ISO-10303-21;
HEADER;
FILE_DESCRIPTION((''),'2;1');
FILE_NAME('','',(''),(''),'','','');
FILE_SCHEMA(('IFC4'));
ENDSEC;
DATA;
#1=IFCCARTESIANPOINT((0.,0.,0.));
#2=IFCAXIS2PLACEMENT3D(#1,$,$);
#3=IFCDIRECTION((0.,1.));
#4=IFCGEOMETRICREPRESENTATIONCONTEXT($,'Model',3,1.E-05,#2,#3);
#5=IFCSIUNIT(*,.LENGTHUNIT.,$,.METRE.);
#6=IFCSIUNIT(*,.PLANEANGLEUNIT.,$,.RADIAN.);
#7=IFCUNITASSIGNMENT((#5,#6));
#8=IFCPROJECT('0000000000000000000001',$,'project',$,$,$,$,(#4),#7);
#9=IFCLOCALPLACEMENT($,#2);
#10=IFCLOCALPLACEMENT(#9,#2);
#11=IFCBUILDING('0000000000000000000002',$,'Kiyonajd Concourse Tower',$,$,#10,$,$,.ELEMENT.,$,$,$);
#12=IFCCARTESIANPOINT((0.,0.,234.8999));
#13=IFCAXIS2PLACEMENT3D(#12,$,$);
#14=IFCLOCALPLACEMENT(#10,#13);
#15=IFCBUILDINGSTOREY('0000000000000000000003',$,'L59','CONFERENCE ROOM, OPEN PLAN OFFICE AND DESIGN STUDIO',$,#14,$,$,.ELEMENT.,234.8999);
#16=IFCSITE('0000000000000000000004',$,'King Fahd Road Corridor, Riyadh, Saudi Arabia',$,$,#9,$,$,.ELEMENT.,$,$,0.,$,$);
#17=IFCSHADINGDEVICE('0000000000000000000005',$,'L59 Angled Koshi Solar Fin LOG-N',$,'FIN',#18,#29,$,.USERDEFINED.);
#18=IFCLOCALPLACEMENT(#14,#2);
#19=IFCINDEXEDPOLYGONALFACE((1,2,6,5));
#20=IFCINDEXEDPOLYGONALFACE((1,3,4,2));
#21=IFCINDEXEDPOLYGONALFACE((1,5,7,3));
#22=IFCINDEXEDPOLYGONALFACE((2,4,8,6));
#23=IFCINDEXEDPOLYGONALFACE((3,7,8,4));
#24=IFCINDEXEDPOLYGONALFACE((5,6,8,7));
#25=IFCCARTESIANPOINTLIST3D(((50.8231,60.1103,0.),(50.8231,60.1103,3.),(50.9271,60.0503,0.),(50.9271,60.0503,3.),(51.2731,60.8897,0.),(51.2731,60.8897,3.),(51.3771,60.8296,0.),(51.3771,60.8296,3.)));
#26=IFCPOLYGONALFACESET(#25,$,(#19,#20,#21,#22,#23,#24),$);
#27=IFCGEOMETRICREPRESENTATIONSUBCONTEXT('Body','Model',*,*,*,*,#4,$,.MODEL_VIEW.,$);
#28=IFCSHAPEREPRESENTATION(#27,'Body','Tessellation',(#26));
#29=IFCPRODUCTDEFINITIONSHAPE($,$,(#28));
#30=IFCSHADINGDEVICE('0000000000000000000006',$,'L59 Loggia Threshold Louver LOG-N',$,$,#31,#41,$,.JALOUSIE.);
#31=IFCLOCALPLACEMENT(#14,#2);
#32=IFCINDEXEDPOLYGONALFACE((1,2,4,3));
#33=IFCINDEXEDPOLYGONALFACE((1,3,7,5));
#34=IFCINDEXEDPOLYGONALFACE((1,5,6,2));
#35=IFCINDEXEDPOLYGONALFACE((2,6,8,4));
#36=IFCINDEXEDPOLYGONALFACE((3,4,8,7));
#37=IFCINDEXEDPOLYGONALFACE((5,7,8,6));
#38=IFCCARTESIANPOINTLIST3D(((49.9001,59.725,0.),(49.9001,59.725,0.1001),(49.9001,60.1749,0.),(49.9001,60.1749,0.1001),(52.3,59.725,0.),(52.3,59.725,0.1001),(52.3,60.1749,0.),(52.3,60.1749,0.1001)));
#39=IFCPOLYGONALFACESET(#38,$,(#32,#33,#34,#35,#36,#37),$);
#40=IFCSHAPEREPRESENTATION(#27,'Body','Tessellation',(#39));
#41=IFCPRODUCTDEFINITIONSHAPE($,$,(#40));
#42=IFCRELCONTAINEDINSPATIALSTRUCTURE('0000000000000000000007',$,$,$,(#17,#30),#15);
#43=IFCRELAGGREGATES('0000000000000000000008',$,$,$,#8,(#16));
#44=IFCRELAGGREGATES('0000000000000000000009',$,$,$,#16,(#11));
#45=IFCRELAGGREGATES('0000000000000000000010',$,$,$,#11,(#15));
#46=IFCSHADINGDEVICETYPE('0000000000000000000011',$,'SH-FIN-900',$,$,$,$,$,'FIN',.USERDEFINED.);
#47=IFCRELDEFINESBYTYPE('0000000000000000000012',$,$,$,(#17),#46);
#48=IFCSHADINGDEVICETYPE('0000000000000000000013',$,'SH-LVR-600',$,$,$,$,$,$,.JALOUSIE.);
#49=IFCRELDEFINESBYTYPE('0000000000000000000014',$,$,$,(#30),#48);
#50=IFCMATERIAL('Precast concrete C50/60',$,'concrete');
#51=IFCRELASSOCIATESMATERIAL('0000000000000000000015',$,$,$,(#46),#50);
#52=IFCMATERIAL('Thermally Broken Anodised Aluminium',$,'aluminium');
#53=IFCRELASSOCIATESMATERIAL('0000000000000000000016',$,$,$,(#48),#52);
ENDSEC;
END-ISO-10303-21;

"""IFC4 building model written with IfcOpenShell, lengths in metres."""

from ifc_helpers import new_model, si_unit, direction, frame, origin, origin_2d, place, context, subcontext, project, spatial, rectangle, extrude, material, type_object, element, save


model = new_model("IFC4")

# Units and contexts
model_context = context("Model", 3, precision=1e-05, world=origin(), true_north=direction((0.0, 1.0)))
body_context = subcontext(model_context, "Body", "Model", "MODEL_VIEW")
ifc_project = project(units=[si_unit("LENGTHUNIT", "METRE"), si_unit("PLANEANGLEUNIT", "RADIAN")], contexts=[model_context])

# Site, building, storey
site_placement = place(None, origin())
site = spatial("IfcSite", under=ifc_project, at=site_placement, Name="King Fahd Road Corridor, Riyadh, Saudi Arabia", CompositionType="ELEMENT", RefElevation=0.0)
building_placement = place(site_placement, origin())
building = spatial("IfcBuilding", under=site, at=building_placement, Name="Kiyonajd Concourse Tower", CompositionType="ELEMENT")
storey_placement = place(building_placement, frame((0.0, 0.0, 234.8999)))
storey = spatial("IfcBuildingStorey", under=building, at=storey_placement, Name="L59", Description="CONFERENCE ROOM, OPEN PLAN OFFICE AND DESIGN STUDIO", CompositionType="ELEMENT", Elevation=234.8999)

# Shared definitions
ifc_material_1 = material(Name="Thermally Broken Anodised Aluminium", Category="aluminium")

# Shared definitions
ifc_material_2 = material(Name="Precast concrete C50/60", Category="concrete")

# Shading devices
shading_device_type_1 = type_object("IfcShadingDeviceType", Name="SH-FIN-900", ElementType="FIN", PredefinedType="USERDEFINED", material=ifc_material_2)
shading_device_1_placement = place(storey_placement, frame((51.1001, 60.47, 0.0), z_axis=(0.0, 0.0, 1.0), x_axis=(0.5, 0.866025, 0.0)))
element("IfcShadingDevice", 1, at=shading_device_1_placement, inside=storey, type_object=shading_device_type_1, Name="L59 Angled Koshi Solar Fin LOG-N", ObjectType="FIN", PredefinedType="USERDEFINED", context=body_context, shape_type="SweptSolid", body=[
    extrude(rectangle(XDim=0.8999, YDim=0.1201, at=origin_2d()), origin(), (0.0, 0.0, 1.0), 3.0),
])
shading_device_type_2 = type_object("IfcShadingDeviceType", Name="SH-LVR-600", PredefinedType="JALOUSIE", material=ifc_material_1)
shading_device_2_placement = place(storey_placement, frame((51.1001, 59.95, 0.0), z_axis=(0.0, 0.0, 1.0), x_axis=(1.0, 0.0, 0.0)))
element("IfcShadingDevice", 2, at=shading_device_2_placement, inside=storey, type_object=shading_device_type_2, Name="L59 Loggia Threshold Louver LOG-N", PredefinedType="JALOUSIE", context=body_context, shape_type="SweptSolid", body=[
    extrude(rectangle(XDim=2.3999, YDim=0.45, at=origin_2d()), origin(), (0.0, 0.0, 1.0), 0.1001),
])

save(model, "model.ifc")
